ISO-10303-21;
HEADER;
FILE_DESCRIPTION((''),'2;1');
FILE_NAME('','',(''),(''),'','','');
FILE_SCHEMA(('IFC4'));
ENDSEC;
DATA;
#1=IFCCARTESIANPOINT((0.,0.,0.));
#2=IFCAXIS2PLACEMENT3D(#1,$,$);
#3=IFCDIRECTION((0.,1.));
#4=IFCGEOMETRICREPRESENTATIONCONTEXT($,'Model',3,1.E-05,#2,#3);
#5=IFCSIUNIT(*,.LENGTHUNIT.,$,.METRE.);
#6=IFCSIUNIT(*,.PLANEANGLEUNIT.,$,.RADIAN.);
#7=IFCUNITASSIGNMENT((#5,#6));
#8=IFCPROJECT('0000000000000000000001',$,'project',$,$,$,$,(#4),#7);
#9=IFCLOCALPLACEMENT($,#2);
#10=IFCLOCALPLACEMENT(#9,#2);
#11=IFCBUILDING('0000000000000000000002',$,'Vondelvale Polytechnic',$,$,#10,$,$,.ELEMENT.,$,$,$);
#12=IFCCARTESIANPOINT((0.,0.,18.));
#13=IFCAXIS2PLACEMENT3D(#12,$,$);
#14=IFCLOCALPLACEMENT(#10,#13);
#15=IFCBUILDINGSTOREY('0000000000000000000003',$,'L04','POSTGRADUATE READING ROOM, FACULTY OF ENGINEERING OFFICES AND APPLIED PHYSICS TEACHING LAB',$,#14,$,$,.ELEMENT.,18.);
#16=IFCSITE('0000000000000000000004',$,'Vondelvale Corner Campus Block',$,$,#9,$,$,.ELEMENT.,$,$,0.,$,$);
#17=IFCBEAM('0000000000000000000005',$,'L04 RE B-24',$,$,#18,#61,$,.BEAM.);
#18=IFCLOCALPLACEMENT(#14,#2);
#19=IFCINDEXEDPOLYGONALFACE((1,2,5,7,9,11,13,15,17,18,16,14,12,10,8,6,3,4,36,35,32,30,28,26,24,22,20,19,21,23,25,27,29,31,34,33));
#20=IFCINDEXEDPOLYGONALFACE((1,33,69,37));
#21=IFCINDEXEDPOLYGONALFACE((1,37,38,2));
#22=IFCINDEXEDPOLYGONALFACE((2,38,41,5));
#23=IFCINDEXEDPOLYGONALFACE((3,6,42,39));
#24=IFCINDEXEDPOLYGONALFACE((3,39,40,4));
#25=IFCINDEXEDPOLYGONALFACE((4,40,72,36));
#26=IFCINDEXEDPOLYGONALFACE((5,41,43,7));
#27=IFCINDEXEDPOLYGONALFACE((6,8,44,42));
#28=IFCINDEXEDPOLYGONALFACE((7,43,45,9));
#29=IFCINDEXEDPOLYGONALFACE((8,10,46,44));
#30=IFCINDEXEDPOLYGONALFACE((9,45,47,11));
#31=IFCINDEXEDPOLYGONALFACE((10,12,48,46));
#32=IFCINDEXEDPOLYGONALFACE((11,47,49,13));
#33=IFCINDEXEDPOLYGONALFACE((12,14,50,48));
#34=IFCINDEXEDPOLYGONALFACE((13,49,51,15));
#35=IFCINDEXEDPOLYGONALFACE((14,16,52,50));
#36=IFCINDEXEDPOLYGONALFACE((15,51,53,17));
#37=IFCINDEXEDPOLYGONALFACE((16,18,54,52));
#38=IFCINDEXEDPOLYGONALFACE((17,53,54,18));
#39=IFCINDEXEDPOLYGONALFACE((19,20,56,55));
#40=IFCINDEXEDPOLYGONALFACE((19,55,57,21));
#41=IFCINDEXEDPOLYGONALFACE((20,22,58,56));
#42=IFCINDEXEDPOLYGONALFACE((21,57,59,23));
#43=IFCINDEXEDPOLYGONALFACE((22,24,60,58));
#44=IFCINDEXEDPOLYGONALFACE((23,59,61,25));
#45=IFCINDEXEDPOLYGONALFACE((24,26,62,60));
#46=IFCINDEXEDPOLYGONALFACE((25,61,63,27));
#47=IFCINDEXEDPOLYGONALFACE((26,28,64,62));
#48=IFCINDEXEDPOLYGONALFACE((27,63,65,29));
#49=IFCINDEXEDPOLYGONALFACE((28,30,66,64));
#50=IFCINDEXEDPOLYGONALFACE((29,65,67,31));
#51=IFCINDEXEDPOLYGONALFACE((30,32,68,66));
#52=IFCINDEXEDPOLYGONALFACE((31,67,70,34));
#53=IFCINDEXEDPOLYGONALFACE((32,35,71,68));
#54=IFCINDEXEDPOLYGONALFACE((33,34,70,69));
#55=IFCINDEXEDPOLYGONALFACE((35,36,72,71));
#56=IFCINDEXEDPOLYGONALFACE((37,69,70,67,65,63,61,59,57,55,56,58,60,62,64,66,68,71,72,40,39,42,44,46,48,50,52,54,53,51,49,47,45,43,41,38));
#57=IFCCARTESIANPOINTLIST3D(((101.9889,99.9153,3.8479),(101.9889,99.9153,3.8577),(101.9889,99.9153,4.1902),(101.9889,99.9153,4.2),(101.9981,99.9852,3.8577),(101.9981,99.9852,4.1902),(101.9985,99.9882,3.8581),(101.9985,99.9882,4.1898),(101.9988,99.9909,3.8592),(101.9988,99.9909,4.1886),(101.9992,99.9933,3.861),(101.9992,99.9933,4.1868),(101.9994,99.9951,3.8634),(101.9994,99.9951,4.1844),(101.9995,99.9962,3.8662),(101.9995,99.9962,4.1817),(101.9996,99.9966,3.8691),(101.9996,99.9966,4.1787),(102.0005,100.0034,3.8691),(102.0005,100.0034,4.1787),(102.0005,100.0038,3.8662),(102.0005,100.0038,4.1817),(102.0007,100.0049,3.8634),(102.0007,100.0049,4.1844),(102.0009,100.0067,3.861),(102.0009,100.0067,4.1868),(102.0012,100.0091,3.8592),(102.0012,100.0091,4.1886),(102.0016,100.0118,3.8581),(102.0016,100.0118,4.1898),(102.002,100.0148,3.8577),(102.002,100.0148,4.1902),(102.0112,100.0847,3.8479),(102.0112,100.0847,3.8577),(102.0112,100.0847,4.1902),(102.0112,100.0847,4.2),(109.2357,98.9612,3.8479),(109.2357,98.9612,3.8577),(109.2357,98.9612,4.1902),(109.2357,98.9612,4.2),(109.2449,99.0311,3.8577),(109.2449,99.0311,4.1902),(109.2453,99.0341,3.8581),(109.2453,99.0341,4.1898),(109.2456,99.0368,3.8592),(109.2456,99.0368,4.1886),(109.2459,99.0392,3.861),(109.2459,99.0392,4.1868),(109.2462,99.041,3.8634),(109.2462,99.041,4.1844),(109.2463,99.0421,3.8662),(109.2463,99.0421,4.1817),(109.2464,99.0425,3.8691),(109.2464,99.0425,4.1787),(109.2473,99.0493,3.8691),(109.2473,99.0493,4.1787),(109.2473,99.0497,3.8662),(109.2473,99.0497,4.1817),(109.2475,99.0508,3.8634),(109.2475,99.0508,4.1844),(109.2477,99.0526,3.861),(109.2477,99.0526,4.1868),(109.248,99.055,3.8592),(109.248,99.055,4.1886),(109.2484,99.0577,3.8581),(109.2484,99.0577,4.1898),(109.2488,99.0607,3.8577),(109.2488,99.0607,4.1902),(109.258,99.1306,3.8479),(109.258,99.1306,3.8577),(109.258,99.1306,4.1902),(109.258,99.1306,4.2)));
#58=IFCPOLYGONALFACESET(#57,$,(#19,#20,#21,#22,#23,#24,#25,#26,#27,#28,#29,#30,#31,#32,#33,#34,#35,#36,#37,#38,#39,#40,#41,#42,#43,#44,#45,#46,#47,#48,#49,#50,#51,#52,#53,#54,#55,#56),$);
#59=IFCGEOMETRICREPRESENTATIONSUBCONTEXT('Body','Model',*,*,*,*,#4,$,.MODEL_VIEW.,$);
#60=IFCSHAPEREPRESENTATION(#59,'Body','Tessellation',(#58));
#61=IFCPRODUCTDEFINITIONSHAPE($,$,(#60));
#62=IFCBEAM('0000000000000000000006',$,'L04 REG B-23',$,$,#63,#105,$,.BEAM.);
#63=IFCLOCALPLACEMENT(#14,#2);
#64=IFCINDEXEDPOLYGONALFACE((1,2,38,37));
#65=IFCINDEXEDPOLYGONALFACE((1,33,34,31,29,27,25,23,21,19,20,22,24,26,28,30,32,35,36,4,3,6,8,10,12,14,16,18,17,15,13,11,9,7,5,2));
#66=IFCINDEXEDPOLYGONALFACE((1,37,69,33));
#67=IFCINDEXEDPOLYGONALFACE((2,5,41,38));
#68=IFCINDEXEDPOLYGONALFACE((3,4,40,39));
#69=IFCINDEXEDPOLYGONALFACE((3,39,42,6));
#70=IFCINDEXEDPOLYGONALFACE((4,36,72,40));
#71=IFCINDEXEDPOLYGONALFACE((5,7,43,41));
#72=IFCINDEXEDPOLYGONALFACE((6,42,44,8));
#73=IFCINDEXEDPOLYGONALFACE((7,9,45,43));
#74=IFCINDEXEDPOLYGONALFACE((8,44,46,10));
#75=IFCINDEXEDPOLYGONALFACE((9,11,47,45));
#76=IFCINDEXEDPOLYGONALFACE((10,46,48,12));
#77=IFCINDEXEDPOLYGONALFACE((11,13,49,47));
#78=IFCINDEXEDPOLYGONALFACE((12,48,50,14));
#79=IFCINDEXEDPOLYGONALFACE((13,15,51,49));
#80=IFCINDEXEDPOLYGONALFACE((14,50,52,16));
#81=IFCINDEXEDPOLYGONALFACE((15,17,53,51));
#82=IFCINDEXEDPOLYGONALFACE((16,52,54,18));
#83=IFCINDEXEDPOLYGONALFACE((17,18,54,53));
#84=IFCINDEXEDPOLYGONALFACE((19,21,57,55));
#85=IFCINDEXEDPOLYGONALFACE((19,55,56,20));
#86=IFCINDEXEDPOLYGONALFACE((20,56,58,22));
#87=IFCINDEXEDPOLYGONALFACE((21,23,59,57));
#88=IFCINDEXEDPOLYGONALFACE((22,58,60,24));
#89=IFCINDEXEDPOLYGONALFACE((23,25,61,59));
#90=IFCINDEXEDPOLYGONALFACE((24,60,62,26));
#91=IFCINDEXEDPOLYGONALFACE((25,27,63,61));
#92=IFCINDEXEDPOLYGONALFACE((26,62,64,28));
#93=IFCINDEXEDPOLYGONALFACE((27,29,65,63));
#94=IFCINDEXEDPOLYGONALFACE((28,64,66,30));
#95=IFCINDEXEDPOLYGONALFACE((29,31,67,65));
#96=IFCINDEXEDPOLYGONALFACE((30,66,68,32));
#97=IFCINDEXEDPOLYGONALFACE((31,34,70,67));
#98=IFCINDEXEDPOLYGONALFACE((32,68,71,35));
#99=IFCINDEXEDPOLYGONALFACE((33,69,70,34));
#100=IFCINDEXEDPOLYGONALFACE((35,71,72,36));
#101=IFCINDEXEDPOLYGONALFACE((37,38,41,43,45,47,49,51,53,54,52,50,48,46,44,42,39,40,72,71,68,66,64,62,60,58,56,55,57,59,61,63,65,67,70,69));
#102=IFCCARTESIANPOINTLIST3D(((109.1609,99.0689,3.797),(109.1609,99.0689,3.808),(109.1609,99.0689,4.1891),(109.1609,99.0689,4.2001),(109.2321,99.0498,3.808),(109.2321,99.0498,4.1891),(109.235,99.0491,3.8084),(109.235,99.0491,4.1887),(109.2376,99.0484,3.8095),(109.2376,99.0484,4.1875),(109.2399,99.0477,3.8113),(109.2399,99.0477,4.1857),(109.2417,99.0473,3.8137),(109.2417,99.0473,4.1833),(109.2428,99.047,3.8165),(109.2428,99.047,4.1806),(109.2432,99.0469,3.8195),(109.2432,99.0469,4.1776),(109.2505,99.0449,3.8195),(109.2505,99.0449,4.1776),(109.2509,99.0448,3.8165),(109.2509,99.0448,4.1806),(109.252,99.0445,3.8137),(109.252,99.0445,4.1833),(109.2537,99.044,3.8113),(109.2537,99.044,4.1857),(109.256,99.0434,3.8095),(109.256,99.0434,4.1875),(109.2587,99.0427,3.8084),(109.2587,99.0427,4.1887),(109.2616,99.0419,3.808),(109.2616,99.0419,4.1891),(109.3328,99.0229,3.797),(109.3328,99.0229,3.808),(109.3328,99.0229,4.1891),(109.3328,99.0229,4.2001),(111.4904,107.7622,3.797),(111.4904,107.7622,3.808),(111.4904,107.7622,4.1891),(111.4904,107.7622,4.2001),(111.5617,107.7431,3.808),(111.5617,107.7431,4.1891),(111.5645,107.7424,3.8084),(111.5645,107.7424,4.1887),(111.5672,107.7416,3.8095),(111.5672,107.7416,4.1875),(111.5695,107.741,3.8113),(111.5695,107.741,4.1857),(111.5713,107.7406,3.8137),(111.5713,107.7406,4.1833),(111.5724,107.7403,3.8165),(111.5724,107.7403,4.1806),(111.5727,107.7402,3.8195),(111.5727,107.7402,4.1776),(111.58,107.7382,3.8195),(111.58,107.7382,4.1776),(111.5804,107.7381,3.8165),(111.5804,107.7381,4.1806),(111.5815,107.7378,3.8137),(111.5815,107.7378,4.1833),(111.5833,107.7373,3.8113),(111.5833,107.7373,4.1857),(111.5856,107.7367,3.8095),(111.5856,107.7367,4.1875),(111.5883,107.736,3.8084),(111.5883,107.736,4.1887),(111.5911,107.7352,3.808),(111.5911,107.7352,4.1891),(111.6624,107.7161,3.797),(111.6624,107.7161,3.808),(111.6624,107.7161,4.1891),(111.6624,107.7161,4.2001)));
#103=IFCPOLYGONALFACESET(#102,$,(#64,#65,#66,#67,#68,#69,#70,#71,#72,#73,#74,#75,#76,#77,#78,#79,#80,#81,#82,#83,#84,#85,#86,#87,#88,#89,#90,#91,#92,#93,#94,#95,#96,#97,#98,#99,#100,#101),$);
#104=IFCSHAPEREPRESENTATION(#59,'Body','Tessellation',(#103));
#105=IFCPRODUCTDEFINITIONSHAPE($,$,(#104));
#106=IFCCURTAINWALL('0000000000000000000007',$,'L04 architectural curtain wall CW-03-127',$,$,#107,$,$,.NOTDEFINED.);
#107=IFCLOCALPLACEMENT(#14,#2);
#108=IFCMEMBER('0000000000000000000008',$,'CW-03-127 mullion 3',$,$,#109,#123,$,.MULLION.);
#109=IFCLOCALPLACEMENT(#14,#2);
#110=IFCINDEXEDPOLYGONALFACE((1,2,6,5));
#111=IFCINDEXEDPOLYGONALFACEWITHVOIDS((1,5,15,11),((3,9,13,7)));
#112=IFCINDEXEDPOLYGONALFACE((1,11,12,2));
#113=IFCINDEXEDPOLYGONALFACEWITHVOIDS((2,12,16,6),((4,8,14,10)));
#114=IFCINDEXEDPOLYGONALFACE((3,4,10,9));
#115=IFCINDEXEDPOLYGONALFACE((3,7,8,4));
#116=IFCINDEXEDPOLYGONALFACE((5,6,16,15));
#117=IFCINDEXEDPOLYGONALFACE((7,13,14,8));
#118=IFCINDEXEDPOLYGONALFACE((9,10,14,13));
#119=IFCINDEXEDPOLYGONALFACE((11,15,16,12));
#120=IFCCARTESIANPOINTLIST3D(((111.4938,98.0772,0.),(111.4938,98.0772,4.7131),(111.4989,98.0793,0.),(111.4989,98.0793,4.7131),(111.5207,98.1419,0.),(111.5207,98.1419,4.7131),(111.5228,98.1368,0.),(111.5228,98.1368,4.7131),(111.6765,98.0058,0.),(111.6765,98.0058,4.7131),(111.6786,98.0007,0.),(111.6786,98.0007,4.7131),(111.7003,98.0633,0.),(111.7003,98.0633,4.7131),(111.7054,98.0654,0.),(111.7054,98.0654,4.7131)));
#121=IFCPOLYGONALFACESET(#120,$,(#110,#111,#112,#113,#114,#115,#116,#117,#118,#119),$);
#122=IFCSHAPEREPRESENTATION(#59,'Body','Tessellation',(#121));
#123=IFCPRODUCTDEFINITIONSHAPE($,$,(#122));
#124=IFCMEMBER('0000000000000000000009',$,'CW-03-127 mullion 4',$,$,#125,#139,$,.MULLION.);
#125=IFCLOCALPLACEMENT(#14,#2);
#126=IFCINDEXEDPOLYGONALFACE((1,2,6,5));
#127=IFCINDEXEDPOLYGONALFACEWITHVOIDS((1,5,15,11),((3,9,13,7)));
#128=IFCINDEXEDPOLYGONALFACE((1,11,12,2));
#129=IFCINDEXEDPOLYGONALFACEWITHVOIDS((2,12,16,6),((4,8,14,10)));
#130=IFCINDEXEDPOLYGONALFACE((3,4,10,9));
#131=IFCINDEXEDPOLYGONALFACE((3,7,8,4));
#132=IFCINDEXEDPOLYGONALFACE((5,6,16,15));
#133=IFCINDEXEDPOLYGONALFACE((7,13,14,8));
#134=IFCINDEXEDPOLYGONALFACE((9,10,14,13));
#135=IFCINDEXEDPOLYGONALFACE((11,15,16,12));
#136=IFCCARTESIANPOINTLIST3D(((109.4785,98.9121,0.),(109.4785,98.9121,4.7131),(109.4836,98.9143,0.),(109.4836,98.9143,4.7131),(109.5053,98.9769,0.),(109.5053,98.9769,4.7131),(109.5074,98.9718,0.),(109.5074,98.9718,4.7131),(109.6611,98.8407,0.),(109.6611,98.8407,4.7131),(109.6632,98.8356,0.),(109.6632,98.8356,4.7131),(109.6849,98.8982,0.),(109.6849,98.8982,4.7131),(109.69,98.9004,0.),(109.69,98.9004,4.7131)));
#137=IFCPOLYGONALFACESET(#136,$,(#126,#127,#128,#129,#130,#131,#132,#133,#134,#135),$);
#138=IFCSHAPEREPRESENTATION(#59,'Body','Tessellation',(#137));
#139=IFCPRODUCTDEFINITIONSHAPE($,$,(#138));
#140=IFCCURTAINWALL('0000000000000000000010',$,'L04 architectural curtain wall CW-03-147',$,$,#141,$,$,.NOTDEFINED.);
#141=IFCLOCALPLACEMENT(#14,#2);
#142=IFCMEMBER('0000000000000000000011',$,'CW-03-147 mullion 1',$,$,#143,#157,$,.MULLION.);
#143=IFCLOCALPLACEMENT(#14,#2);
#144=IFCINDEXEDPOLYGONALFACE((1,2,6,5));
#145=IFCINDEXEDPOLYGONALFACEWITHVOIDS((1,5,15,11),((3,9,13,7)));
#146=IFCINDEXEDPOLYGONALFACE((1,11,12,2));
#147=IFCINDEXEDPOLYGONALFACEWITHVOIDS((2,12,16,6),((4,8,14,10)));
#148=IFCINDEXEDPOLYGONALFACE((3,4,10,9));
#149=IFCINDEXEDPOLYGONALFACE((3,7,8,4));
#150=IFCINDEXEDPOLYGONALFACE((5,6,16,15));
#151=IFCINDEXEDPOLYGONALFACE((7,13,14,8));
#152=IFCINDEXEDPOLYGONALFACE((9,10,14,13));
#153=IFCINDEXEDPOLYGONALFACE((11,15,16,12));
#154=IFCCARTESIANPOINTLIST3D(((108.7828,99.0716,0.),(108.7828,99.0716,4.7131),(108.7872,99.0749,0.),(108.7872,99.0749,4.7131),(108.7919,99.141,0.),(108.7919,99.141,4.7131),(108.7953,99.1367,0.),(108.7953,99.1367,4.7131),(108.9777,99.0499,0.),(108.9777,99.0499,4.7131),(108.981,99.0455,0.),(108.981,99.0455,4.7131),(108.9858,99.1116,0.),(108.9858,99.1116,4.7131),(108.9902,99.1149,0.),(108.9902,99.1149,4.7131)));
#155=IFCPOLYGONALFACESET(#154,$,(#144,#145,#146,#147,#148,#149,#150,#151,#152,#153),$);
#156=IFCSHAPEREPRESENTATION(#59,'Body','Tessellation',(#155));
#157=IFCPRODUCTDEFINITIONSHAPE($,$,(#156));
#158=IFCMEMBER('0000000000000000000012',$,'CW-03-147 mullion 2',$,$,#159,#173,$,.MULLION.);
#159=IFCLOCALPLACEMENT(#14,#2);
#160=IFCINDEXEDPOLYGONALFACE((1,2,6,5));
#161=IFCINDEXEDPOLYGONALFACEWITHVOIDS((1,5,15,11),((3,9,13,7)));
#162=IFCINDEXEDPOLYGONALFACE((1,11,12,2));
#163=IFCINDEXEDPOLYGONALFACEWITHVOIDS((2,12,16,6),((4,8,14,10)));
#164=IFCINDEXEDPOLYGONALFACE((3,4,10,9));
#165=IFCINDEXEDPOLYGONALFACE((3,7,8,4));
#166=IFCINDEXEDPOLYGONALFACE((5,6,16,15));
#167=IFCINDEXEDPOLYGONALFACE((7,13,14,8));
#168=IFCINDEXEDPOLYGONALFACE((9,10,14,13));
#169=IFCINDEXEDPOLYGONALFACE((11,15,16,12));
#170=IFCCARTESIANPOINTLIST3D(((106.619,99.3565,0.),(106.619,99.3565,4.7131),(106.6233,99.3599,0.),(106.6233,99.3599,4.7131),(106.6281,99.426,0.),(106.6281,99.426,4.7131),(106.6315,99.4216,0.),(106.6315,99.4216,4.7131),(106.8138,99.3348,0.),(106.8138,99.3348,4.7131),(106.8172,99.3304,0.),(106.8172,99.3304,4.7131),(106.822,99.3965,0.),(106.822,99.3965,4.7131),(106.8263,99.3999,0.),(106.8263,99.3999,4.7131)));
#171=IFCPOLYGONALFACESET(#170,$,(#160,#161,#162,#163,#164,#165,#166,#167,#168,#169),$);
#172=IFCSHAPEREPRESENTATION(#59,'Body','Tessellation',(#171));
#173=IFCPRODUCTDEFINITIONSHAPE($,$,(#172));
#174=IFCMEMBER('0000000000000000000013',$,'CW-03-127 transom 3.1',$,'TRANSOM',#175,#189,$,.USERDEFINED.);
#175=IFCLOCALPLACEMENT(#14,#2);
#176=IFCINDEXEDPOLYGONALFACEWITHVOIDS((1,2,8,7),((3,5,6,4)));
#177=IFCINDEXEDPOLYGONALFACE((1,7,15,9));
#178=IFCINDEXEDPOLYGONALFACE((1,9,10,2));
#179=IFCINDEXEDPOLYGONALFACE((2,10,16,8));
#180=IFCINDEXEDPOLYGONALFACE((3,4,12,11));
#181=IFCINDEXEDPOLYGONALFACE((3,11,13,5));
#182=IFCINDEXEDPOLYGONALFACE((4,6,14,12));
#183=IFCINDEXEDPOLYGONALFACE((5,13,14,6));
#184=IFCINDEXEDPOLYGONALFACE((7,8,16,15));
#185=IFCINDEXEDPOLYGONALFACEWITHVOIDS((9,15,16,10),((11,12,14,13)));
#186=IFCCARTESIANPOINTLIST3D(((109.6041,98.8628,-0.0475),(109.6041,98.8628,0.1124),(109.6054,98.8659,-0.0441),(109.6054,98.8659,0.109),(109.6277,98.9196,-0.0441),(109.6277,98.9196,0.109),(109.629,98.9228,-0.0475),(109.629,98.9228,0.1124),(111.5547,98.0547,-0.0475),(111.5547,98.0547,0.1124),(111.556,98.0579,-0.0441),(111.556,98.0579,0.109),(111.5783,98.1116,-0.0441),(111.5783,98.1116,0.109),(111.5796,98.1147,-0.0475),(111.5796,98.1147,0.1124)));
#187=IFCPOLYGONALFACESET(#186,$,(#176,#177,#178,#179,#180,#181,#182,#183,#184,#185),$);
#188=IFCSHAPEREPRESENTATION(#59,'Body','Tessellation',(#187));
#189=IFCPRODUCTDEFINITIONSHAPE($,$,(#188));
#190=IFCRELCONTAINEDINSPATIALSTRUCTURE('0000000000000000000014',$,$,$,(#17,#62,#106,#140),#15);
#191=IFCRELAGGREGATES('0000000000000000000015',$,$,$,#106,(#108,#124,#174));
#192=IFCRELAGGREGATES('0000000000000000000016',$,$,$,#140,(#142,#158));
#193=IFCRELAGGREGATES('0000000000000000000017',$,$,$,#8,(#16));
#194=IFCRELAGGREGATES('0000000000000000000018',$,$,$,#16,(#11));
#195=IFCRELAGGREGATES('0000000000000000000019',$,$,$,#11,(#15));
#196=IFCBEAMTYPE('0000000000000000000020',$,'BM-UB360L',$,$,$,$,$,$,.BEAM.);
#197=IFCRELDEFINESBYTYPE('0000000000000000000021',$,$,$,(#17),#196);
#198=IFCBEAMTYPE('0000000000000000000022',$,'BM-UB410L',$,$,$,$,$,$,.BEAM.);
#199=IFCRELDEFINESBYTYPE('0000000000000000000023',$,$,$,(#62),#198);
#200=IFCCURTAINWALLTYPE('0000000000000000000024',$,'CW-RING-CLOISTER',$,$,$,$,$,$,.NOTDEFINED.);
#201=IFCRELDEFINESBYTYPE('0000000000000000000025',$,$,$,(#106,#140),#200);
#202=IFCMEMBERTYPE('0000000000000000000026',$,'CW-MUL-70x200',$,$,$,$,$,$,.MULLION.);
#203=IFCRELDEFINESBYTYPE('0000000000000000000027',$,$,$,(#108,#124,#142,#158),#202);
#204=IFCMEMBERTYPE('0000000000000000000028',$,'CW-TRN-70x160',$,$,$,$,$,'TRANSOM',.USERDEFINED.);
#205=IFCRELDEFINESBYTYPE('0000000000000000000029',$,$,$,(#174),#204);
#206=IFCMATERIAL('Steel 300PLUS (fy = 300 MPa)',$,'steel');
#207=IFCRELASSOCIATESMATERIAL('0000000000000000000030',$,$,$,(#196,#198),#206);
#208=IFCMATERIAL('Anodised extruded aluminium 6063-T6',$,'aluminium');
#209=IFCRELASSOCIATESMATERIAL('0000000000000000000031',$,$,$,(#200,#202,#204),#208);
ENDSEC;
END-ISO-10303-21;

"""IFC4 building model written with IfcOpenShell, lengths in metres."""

from ifc_helpers import new_model, si_unit, direction, frame, origin, origin_2d, place, context, subcontext, project, spatial, hollow_rectangle, i_section, extrude, material, material_profile, profile_set, type_object, element, aggregate, save


model = new_model("IFC4")

# Units and contexts
model_context = context("Model", 3, precision=1e-05, world=origin(), true_north=direction((0.0, 1.0)))
body_context = subcontext(model_context, "Body", "Model", "MODEL_VIEW")
ifc_project = project(units=[si_unit("LENGTHUNIT", "METRE"), si_unit("PLANEANGLEUNIT", "RADIAN")], contexts=[model_context])

# Site, building, storey
site_placement = place(None, origin())
site = spatial("IfcSite", under=ifc_project, at=site_placement, Name="Vondelvale Corner Campus Block", CompositionType="ELEMENT", RefElevation=0.0)
building_placement = place(site_placement, origin())
building = spatial("IfcBuilding", under=site, at=building_placement, Name="Vondelvale Polytechnic", CompositionType="ELEMENT")
storey_placement = place(building_placement, frame((0.0, 0.0, 18.0)))
storey = spatial("IfcBuildingStorey", under=building, at=storey_placement, Name="L04", Description="POSTGRADUATE READING ROOM, FACULTY OF ENGINEERING OFFICES AND APPLIED PHYSICS TEACHING LAB", CompositionType="ELEMENT", Elevation=18.0)

# Beams
ifc_material_1 = material(Name="Steel 300PLUS (fy = 300 MPa)", Category="steel")
ifc_material_profile_1 = material_profile(ifc_material_1, i_section(OverallWidth=0.1709, OverallDepth=0.3521, WebThickness=0.0068, FlangeThickness=0.0098, FilletRadius=0.0115, at=origin_2d()), Name="360UB44.7")
ifc_profile_set_1 = profile_set([ifc_material_profile_1], Name="Steel 300PLUS (fy = 300 MPa)")
beam_type_1 = type_object("IfcBeamType", Name="BM-UB360L", PredefinedType="BEAM", material=ifc_profile_set_1)
beam_1_placement = place(storey_placement, frame((109.2468, 99.0459, 4.0239), z_axis=(-0.991444, 0.130531, 0.0), x_axis=(-0.130531, -0.991444, 0.0)))
element("IfcBeam", 1, at=beam_1_placement, inside=storey, type_object=beam_type_1, Name="L04 RE B-24", PredefinedType="BEAM", context=body_context, shape_type="SweptSolid", body=[
    extrude(i_section(OverallWidth=0.1709, OverallDepth=0.3521, WebThickness=0.0068, FlangeThickness=0.0098, FilletRadius=0.0115, at=origin_2d()), origin(), (0.0, 0.0, 1.0), 7.3093),
])
ifc_material_profile_2 = material_profile(ifc_material_1, i_section(OverallWidth=0.178, OverallDepth=0.4031, WebThickness=0.0076, FlangeThickness=0.011, FilletRadius=0.0115, at=origin_2d()), Name="410UB53.7")
ifc_profile_set_2 = profile_set([ifc_material_profile_2], Name="Steel 300PLUS (fy = 300 MPa)")
beam_type_2 = type_object("IfcBeamType", Name="BM-UB410L", PredefinedType="BEAM", material=ifc_profile_set_2)
beam_2_placement = place(storey_placement, frame((109.2468, 99.0459, 3.9985), z_axis=(0.258841, 0.96592, 0.0), x_axis=(-0.96592, 0.258841, 0.0)))
element("IfcBeam", 2, at=beam_2_placement, inside=storey, type_object=beam_type_2, Name="L04 REG B-23", PredefinedType="BEAM", context=body_context, shape_type="SweptSolid", body=[
    extrude(i_section(OverallWidth=0.178, OverallDepth=0.4031, WebThickness=0.0076, FlangeThickness=0.011, FilletRadius=0.0115, at=origin_2d()), origin(), (0.0, 0.0, 1.0), 9.0),
])

# Curtain walls, members
ifc_material_2 = material(Name="Anodised extruded aluminium 6063-T6", Category="aluminium")
curtain_wall_type = type_object("IfcCurtainWallType", Name="CW-RING-CLOISTER", PredefinedType="NOTDEFINED", material=ifc_material_2)
curtain_wall_1_placement = place(storey_placement, origin())
curtain_wall_1 = element("IfcCurtainWall", 3, at=curtain_wall_1_placement, inside=storey, type_object=curtain_wall_type, Name="L04 architectural curtain wall CW-03-127", PredefinedType="NOTDEFINED")
ifc_material_profile_3 = material_profile(ifc_material_2, hollow_rectangle(XDim=0.0701, YDim=0.2, WallThickness=0.0039, at=origin_2d()), Name="CW-MUL-200x70")
ifc_profile_set_3 = profile_set([ifc_material_profile_3], Name="Anodised extruded aluminium 6063-T6")
member_type_1 = type_object("IfcMemberType", Name="CW-MUL-70x200", PredefinedType="MULLION", material=ifc_profile_set_3)
member_1_placement = place(storey_placement, frame((111.5996, 98.0713, 0.0), z_axis=(0.0, 0.0, 1.0), x_axis=(-0.382679, -0.923882, 0.0)))
member_1 = element("IfcMember", 4, at=member_1_placement, type_object=member_type_1, Name="CW-03-127 mullion 3", PredefinedType="MULLION", context=body_context, shape_type="SweptSolid", body=[
    extrude(hollow_rectangle(XDim=0.0701, YDim=0.2, WallThickness=0.0039, at=origin_2d()), origin(), (0.0, 0.0, 1.0), 4.7131),
])
member_2_placement = place(storey_placement, frame((109.5842, 98.9062, 0.0), z_axis=(0.0, 0.0, 1.0), x_axis=(-0.382679, -0.923882, 0.0)))
member_2 = element("IfcMember", 5, at=member_2_placement, type_object=member_type_1, Name="CW-03-127 mullion 4", PredefinedType="MULLION", context=body_context, shape_type="SweptSolid", body=[
    extrude(hollow_rectangle(XDim=0.0701, YDim=0.2, WallThickness=0.0039, at=origin_2d()), origin(), (0.0, 0.0, 1.0), 4.7131),
])
curtain_wall_2_placement = place(storey_placement, origin())
curtain_wall_2 = element("IfcCurtainWall", 6, at=curtain_wall_2_placement, inside=storey, type_object=curtain_wall_type, Name="L04 architectural curtain wall CW-03-147", PredefinedType="NOTDEFINED")
member_3_placement = place(storey_placement, frame((108.8865, 99.0933, 0.0), z_axis=(0.0, 0.0, 1.0), x_axis=(-0.130528, -0.991445, 0.0)))
member_3 = element("IfcMember", 7, at=member_3_placement, type_object=member_type_1, Name="CW-03-147 mullion 1", PredefinedType="MULLION", context=body_context, shape_type="SweptSolid", body=[
    extrude(hollow_rectangle(XDim=0.0701, YDim=0.2, WallThickness=0.0039, at=origin_2d()), origin(), (0.0, 0.0, 1.0), 4.7131),
])
member_4_placement = place(storey_placement, frame((106.7227, 99.3782, 0.0), z_axis=(0.0, 0.0, 1.0), x_axis=(-0.130528, -0.991445, 0.0)))
member_4 = element("IfcMember", 8, at=member_4_placement, type_object=member_type_1, Name="CW-03-147 mullion 2", PredefinedType="MULLION", context=body_context, shape_type="SweptSolid", body=[
    extrude(hollow_rectangle(XDim=0.0701, YDim=0.2, WallThickness=0.0039, at=origin_2d()), origin(), (0.0, 0.0, 1.0), 4.7131),
])

# Member
ifc_material_profile_4 = material_profile(ifc_material_2, hollow_rectangle(XDim=0.0649, YDim=0.1599, WallThickness=0.0034, at=origin_2d()), Name="CW-TRN-160x65")
ifc_profile_set_4 = profile_set([ifc_material_profile_4], Name="Anodised extruded aluminium 6063-T6")
member_type_2 = type_object("IfcMemberType", Name="CW-TRN-70x160", ElementType="TRANSOM", PredefinedType="USERDEFINED", material=ifc_profile_set_4)
member_5_placement = place(storey_placement, frame((111.5671, 98.0847, 0.0325), z_axis=(-0.923862, 0.382726, 0.0), x_axis=(-0.382726, -0.923862, 0.0)))
member_5 = element("IfcMember", 9, at=member_5_placement, type_object=member_type_2, Name="CW-03-127 transom 3.1", ObjectType="TRANSOM", PredefinedType="USERDEFINED", context=body_context, shape_type="SweptSolid", body=[
    extrude(hollow_rectangle(XDim=0.0649, YDim=0.1599, WallThickness=0.0034, at=origin_2d()), origin(), (0.0, 0.0, 1.0), 2.1113),
])

aggregate(curtain_wall_1, [member_1, member_2, member_5])
aggregate(curtain_wall_2, [member_3, member_4])

save(model, "model.ifc")
